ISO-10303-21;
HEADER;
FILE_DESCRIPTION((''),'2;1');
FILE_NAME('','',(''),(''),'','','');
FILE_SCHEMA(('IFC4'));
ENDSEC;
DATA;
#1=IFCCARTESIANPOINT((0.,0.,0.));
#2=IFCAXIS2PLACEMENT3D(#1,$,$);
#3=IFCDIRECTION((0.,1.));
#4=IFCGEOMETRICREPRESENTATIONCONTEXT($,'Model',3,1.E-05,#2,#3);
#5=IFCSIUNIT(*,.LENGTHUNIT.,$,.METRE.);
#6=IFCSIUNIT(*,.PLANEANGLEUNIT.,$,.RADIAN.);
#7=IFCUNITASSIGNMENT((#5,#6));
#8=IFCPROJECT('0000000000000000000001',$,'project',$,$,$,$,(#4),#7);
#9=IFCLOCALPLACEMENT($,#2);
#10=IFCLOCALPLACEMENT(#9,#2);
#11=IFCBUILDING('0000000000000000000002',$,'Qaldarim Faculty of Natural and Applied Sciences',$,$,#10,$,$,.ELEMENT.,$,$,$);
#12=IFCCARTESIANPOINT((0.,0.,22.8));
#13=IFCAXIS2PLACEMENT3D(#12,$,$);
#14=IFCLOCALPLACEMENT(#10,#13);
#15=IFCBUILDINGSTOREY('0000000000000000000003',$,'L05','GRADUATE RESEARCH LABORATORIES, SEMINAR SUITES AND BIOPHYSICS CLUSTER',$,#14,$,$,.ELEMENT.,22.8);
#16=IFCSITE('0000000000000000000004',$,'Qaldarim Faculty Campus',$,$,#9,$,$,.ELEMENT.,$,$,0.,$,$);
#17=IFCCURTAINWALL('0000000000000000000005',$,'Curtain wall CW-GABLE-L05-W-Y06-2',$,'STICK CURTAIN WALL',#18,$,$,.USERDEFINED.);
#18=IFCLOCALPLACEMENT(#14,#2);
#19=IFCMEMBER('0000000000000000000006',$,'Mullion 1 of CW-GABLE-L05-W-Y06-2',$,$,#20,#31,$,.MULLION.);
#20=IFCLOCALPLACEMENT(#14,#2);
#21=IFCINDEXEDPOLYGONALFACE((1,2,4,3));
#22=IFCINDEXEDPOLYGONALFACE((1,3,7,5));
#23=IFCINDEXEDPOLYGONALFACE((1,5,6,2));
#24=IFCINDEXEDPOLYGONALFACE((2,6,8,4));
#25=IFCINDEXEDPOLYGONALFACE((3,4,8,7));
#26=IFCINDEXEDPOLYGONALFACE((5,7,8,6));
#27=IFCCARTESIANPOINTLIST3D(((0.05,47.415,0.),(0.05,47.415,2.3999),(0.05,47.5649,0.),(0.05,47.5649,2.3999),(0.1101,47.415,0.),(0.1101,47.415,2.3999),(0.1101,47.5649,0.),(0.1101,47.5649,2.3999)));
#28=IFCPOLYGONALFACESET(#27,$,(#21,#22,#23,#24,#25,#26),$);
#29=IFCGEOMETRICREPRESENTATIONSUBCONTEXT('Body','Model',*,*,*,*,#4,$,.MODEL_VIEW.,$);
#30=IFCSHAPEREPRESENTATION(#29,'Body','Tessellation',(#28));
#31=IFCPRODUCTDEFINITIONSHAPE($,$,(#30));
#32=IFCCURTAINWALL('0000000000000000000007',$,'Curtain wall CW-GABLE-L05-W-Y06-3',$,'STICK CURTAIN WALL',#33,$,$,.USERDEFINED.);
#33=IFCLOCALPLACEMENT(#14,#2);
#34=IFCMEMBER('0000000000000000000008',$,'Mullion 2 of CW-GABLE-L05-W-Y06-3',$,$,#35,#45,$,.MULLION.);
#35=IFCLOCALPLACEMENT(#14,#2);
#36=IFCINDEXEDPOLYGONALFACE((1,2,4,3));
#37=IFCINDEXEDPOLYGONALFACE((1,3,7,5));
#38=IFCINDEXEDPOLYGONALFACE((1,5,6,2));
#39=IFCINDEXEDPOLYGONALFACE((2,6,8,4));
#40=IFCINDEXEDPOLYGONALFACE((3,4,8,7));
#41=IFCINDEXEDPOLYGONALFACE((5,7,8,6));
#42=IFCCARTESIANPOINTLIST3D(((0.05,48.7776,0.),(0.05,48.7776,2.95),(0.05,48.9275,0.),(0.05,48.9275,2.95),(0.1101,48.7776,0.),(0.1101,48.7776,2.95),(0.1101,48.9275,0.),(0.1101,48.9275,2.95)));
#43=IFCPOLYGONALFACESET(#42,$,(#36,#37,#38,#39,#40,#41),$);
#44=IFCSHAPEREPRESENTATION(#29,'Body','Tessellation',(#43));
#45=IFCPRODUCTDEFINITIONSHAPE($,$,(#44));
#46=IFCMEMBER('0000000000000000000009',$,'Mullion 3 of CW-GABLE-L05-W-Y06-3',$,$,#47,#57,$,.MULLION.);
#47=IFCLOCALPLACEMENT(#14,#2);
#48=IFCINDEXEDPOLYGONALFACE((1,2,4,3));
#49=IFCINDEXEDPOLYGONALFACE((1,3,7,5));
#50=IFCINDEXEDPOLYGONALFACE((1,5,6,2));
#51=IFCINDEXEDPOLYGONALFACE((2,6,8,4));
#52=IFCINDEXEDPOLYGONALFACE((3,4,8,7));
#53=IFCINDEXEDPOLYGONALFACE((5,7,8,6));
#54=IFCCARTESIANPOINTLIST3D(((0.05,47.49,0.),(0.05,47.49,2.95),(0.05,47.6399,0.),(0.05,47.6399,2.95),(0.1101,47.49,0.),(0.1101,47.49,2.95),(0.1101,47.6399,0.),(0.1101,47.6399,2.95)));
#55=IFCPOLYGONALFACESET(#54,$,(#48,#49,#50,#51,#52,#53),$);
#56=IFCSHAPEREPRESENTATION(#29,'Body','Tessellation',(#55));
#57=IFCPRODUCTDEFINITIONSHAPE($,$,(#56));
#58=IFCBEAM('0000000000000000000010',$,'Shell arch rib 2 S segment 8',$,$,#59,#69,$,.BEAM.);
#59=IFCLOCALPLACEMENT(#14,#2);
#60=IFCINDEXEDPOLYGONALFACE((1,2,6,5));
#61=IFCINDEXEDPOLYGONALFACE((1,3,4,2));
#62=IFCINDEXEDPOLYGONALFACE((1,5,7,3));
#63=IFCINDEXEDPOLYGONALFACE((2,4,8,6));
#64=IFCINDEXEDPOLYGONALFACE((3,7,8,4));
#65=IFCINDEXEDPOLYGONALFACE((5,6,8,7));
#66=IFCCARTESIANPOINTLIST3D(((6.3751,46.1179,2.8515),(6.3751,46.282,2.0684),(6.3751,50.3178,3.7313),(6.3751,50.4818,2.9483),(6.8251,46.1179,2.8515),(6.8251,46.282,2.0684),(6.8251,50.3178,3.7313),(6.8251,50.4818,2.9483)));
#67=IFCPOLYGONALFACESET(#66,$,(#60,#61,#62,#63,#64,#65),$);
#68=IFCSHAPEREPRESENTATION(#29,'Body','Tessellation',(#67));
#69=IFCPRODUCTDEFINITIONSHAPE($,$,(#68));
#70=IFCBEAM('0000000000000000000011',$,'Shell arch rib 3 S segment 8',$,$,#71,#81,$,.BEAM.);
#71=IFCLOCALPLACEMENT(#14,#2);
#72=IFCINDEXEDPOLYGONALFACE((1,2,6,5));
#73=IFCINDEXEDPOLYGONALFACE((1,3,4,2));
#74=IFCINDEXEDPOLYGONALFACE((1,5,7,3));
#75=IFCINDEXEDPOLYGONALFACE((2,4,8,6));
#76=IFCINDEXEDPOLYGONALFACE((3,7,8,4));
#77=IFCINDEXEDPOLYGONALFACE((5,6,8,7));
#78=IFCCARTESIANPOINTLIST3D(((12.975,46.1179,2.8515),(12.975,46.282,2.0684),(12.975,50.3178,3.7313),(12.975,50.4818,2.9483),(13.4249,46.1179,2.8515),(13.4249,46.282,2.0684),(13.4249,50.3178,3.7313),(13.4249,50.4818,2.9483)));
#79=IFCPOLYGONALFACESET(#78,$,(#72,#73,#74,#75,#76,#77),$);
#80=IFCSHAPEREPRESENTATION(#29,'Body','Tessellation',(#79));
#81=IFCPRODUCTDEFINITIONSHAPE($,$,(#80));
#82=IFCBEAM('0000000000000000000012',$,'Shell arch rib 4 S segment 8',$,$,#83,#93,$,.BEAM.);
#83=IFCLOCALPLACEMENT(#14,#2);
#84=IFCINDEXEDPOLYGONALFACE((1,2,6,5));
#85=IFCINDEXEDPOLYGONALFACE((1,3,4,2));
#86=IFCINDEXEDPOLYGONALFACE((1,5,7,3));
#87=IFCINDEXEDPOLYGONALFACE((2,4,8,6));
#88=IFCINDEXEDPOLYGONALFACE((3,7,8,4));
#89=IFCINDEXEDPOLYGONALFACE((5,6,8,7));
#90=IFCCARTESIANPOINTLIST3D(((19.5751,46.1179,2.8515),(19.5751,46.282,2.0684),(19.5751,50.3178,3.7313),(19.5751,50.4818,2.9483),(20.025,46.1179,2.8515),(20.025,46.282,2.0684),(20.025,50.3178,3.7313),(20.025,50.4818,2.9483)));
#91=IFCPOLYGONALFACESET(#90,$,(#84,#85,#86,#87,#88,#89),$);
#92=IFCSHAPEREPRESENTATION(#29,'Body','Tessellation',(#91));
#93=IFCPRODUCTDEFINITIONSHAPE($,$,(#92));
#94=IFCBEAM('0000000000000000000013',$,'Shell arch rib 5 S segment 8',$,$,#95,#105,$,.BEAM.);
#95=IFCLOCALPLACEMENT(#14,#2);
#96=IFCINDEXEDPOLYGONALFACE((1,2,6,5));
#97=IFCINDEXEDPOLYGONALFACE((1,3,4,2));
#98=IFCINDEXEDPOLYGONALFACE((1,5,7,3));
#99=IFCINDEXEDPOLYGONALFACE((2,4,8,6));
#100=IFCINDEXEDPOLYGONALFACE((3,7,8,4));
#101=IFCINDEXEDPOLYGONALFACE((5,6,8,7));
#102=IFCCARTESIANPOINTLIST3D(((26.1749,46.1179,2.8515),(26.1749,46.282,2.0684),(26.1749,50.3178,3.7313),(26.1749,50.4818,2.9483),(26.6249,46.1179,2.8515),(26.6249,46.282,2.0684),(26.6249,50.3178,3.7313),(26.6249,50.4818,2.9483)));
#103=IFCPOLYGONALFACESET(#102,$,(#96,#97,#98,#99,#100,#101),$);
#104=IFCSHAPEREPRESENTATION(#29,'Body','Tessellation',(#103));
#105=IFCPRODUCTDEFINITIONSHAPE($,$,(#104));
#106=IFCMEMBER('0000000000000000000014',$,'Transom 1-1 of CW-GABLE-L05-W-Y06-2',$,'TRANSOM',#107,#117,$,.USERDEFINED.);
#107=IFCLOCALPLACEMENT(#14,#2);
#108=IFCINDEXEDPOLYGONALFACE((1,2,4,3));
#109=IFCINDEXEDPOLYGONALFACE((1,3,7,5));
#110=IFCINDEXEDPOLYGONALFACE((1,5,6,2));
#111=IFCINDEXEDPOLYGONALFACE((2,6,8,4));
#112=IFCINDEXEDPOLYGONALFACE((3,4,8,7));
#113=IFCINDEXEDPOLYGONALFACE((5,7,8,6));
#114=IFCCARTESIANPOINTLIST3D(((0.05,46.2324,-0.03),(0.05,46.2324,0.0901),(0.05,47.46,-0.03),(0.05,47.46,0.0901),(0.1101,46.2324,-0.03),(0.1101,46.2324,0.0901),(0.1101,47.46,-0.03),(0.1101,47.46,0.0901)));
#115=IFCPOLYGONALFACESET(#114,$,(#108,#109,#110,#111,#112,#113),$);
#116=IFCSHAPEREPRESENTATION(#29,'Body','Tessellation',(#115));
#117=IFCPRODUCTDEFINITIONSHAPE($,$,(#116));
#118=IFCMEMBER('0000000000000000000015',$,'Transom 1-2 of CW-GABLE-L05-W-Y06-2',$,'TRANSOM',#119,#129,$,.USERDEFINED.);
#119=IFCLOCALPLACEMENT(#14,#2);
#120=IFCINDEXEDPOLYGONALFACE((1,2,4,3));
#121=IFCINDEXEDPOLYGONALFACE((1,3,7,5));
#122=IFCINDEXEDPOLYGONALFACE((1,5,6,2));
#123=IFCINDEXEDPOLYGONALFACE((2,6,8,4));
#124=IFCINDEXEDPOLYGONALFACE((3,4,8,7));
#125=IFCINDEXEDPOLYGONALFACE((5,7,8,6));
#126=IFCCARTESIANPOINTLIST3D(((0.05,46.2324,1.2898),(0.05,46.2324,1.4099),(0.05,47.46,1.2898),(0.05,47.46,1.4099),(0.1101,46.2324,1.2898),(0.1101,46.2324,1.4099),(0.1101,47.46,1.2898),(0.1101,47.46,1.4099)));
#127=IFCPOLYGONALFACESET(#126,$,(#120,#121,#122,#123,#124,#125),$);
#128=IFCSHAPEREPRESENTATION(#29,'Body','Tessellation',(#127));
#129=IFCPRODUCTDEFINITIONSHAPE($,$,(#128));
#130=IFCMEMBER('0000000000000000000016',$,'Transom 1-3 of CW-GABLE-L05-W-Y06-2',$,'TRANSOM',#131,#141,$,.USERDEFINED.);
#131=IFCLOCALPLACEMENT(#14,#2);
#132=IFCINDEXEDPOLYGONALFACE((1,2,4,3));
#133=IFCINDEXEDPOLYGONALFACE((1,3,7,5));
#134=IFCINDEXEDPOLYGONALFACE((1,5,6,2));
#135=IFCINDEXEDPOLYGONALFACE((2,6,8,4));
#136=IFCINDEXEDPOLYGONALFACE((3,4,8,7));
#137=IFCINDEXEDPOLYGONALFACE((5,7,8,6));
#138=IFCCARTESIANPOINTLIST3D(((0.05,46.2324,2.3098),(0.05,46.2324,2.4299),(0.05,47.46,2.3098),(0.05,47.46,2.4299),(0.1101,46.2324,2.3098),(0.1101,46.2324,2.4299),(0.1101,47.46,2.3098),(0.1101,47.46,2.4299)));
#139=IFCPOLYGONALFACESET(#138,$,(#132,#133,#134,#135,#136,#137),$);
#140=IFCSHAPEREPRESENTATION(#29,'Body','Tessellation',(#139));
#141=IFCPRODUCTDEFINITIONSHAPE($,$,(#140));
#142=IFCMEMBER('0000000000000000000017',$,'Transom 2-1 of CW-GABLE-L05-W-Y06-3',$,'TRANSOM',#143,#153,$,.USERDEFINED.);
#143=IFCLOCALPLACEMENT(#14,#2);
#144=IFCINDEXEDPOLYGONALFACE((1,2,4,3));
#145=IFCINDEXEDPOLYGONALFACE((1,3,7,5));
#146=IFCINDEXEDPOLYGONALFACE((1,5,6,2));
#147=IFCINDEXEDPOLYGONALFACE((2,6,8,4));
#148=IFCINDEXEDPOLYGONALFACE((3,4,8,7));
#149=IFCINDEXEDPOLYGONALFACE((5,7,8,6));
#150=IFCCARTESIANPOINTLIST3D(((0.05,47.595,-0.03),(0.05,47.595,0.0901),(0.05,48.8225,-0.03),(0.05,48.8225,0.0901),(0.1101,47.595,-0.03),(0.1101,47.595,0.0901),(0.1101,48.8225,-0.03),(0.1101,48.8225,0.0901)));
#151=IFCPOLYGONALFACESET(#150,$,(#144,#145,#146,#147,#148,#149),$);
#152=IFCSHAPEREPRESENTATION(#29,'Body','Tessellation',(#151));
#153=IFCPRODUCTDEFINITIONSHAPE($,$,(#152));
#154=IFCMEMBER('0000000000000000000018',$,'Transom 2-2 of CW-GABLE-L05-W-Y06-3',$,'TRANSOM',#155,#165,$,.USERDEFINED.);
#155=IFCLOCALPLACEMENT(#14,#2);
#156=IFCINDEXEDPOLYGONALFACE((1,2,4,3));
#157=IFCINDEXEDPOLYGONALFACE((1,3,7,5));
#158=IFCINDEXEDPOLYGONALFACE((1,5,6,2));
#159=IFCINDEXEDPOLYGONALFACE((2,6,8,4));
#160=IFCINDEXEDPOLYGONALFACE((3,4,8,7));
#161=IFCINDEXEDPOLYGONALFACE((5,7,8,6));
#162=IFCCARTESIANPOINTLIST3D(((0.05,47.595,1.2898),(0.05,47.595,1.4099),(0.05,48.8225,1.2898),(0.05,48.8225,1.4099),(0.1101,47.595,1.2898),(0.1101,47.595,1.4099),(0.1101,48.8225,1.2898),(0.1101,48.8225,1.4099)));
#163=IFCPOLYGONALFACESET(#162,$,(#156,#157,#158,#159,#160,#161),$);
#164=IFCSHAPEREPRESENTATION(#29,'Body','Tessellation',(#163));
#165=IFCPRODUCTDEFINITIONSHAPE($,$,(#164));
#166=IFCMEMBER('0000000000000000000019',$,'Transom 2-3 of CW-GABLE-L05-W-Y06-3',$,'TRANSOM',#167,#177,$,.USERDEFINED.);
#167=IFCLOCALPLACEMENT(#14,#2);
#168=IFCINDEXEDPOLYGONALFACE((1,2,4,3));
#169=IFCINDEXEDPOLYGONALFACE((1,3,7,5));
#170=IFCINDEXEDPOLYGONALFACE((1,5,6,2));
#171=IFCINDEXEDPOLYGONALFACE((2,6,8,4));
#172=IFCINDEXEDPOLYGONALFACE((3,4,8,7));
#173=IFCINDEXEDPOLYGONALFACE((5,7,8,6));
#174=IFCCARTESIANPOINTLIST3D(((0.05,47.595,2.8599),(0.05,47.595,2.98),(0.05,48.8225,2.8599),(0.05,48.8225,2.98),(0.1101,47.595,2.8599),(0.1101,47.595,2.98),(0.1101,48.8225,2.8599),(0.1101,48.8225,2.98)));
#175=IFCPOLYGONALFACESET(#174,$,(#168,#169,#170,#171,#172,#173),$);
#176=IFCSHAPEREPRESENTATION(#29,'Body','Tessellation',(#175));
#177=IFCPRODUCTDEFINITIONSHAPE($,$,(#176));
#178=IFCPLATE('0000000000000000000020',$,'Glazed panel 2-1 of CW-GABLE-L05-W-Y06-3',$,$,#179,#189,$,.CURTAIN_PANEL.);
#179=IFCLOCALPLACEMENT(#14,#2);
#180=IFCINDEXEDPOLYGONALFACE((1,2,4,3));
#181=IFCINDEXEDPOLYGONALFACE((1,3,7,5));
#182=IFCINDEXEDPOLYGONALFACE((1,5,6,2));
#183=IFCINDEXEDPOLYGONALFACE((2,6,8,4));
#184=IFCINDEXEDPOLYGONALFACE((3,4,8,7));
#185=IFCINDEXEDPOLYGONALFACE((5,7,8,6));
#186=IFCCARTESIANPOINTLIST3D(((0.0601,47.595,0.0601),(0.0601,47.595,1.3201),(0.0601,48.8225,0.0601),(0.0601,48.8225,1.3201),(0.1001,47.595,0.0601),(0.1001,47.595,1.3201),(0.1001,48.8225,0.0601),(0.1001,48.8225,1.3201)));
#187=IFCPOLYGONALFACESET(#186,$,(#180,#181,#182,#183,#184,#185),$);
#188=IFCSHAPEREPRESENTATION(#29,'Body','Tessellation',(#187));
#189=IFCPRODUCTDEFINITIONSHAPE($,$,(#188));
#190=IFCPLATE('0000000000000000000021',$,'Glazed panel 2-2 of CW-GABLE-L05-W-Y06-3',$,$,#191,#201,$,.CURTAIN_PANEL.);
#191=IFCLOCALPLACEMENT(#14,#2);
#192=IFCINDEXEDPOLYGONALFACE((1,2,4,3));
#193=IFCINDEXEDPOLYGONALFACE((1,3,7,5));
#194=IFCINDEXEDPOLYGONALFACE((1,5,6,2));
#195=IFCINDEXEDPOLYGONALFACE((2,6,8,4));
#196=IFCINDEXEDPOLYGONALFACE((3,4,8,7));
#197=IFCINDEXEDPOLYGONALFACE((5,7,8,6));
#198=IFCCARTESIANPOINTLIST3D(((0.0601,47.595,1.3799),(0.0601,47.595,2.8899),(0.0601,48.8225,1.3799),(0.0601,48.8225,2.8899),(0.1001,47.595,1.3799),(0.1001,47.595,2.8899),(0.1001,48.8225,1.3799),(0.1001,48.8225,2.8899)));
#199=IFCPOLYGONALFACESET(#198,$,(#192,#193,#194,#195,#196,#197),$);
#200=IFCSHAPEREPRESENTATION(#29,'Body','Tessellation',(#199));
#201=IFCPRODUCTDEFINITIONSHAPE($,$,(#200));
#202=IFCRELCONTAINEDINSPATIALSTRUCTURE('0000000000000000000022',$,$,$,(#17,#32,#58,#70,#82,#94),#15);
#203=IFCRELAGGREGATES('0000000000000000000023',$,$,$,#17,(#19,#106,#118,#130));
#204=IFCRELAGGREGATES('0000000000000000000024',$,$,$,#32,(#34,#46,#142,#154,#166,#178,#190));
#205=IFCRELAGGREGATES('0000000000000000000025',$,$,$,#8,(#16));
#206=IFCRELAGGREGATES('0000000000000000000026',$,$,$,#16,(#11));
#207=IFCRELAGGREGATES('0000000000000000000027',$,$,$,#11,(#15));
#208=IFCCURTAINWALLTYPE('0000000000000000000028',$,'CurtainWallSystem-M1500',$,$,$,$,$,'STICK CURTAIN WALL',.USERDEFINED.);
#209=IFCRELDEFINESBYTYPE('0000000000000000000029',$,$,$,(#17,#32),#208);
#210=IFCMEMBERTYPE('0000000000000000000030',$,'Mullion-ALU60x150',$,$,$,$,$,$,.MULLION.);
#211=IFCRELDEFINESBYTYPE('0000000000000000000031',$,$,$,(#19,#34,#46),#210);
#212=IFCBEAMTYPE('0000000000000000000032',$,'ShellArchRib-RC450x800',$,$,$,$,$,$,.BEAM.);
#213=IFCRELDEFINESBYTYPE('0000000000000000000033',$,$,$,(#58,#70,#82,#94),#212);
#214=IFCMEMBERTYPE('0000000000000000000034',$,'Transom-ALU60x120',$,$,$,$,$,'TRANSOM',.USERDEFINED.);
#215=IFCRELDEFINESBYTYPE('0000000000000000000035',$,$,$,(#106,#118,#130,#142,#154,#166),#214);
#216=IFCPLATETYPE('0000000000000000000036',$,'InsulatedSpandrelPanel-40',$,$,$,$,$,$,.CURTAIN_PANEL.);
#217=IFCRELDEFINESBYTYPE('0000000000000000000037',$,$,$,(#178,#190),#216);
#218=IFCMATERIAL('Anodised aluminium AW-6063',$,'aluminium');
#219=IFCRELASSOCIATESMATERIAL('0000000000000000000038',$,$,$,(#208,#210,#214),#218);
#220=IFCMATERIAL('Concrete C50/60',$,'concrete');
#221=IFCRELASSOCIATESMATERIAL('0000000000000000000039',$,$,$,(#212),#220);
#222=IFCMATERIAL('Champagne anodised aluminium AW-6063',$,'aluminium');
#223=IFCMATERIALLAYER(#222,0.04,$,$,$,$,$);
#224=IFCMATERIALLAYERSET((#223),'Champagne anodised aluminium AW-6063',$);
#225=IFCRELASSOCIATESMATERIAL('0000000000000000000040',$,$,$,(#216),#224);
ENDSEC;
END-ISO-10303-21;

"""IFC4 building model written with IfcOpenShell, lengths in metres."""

from ifc_helpers import new_model, si_unit, direction, frame, origin, origin_2d, place, context, subcontext, project, spatial, rectangle, extrude, material, layer, layer_set, material_profile, profile_set, type_object, element, aggregate, save


model = new_model("IFC4")

# Units and contexts
model_context = context("Model", 3, precision=1e-05, world=origin(), true_north=direction((0.0, 1.0)))
body_context = subcontext(model_context, "Body", "Model", "MODEL_VIEW")
ifc_project = project(units=[si_unit("LENGTHUNIT", "METRE"), si_unit("PLANEANGLEUNIT", "RADIAN")], contexts=[model_context])

# Site, building, storey
site_placement = place(None, origin())
site = spatial("IfcSite", under=ifc_project, at=site_placement, Name="Qaldarim Faculty Campus", CompositionType="ELEMENT", RefElevation=0.0)
building_placement = place(site_placement, origin())
building = spatial("IfcBuilding", under=site, at=building_placement, Name="Qaldarim Faculty of Natural and Applied Sciences", CompositionType="ELEMENT")
storey_placement = place(building_placement, frame((0.0, 0.0, 22.8)))
storey = spatial("IfcBuildingStorey", under=building, at=storey_placement, Name="L05", Description="GRADUATE RESEARCH LABORATORIES, SEMINAR SUITES AND BIOPHYSICS CLUSTER", CompositionType="ELEMENT", Elevation=22.8)

# Curtain wall, member
ifc_material_1 = material(Name="Anodised aluminium AW-6063", Category="aluminium")
curtain_wall_type = type_object("IfcCurtainWallType", Name="CurtainWallSystem-M1500", ElementType="STICK CURTAIN WALL", PredefinedType="USERDEFINED", material=ifc_material_1)
curtain_wall_1_placement = place(storey_placement, origin())
curtain_wall_1 = element("IfcCurtainWall", 1, at=curtain_wall_1_placement, inside=storey, type_object=curtain_wall_type, Name="Curtain wall CW-GABLE-L05-W-Y06-2", ObjectType="STICK CURTAIN WALL", PredefinedType="USERDEFINED")
ifc_material_profile_1 = material_profile(ifc_material_1, rectangle(XDim=0.0601, YDim=0.1499, at=origin_2d()), Name="ALU-M60x150")
ifc_profile_set_1 = profile_set([ifc_material_profile_1], Name="Anodised aluminium AW-6063")
member_type_1 = type_object("IfcMemberType", Name="Mullion-ALU60x150", PredefinedType="MULLION", material=ifc_profile_set_1)
member_1_placement = place(storey_placement, frame((0.0801, 47.49, 0.0), z_axis=(0.0, 0.0, 1.0), x_axis=(1.0, 0.0, 0.0)))
member_1 = element("IfcMember", 2, at=member_1_placement, type_object=member_type_1, Name="Mullion 1 of CW-GABLE-L05-W-Y06-2", PredefinedType="MULLION", context=body_context, shape_type="SweptSolid", body=[
    extrude(rectangle(XDim=0.0601, YDim=0.1499, at=origin_2d()), origin(), (0.0, 0.0, 1.0), 2.3999),
])

# Curtain wall, members
curtain_wall_2_placement = place(storey_placement, origin())
curtain_wall_2 = element("IfcCurtainWall", 3, at=curtain_wall_2_placement, inside=storey, type_object=curtain_wall_type, Name="Curtain wall CW-GABLE-L05-W-Y06-3", ObjectType="STICK CURTAIN WALL", PredefinedType="USERDEFINED")
member_2_placement = place(storey_placement, frame((0.0801, 48.8525, 0.0), z_axis=(0.0, 0.0, 1.0), x_axis=(1.0, 0.0, 0.0)))
member_2 = element("IfcMember", 4, at=member_2_placement, type_object=member_type_1, Name="Mullion 2 of CW-GABLE-L05-W-Y06-3", PredefinedType="MULLION", context=body_context, shape_type="SweptSolid", body=[
    extrude(rectangle(XDim=0.0601, YDim=0.1499, at=origin_2d()), origin(), (0.0, 0.0, 1.0), 2.95),
])
member_3_placement = place(storey_placement, frame((0.0801, 47.5649, 0.0), z_axis=(0.0, 0.0, 1.0), x_axis=(1.0, 0.0, 0.0)))
member_3 = element("IfcMember", 5, at=member_3_placement, type_object=member_type_1, Name="Mullion 3 of CW-GABLE-L05-W-Y06-3", PredefinedType="MULLION", context=body_context, shape_type="SweptSolid", body=[
    extrude(rectangle(XDim=0.0601, YDim=0.1499, at=origin_2d()), origin(), (0.0, 0.0, 1.0), 2.95),
])

# Beams
ifc_material_2 = material(Name="Concrete C50/60", Category="concrete")
ifc_material_profile_2 = material_profile(ifc_material_2, rectangle(XDim=0.45, YDim=0.8, at=origin_2d()), Name="RC-RIB450x800")
ifc_profile_set_2 = profile_set([ifc_material_profile_2], Name="Concrete C50/60")
beam_type = type_object("IfcBeamType", Name="ShellArchRib-RC450x800", PredefinedType="BEAM", material=ifc_profile_set_2)
for number, where, z_axis, x_axis, name in (
    (6, (6.6001, 46.2, 2.46), (0.0, 0.978752, 0.205047), (-1.0, 0.0, 0.0), "Shell arch rib 2 S segment 8"),
    (7, (13.2, 46.2, 2.46), (0.0, 0.978752, 0.205047), (-1.0, 0.0, 0.0), "Shell arch rib 3 S segment 8"),
    (8, (19.8, 46.2, 2.46), (0.0, 0.978752, 0.205047), (-1.0, 0.0, 0.0), "Shell arch rib 4 S segment 8"),
    (9, (26.3999, 46.2, 2.46), (0.0, 0.978752, 0.205047), (-1.0, 0.0, 0.0), "Shell arch rib 5 S segment 8"),
):
    element("IfcBeam", number, at=place(storey_placement, frame(where, z_axis=z_axis, x_axis=x_axis)), inside=storey, type_object=beam_type, Name=name, PredefinedType="BEAM", context=body_context, shape_type="SweptSolid", body=[
        extrude(rectangle(XDim=0.45, YDim=0.8, at=origin_2d()), origin(), (0.0, 0.0, 1.0), 4.291),
    ])

# Members
ifc_material_profile_3 = material_profile(ifc_material_1, rectangle(XDim=0.0601, YDim=0.1201, at=origin_2d()), Name="ALU-T60x120")
ifc_profile_set_3 = profile_set([ifc_material_profile_3], Name="Anodised aluminium AW-6063")
member_type_2 = type_object("IfcMemberType", Name="Transom-ALU60x120", ElementType="TRANSOM", PredefinedType="USERDEFINED", material=ifc_profile_set_3)
member_4_placement = place(storey_placement, frame((0.0801, 47.46, 0.03), z_axis=(0.0, -1.0, 0.0), x_axis=(1.0, 0.0, 0.0)))
member_4 = element("IfcMember", 10, at=member_4_placement, type_object=member_type_2, Name="Transom 1-1 of CW-GABLE-L05-W-Y06-2", ObjectType="TRANSOM", PredefinedType="USERDEFINED", context=body_context, shape_type="SweptSolid", body=[
    extrude(rectangle(XDim=0.0601, YDim=0.1201, at=origin_2d()), origin(), (0.0, 0.0, 1.0), 1.2275),
])
member_5_placement = place(storey_placement, frame((0.0801, 47.46, 1.3499), z_axis=(0.0, -1.0, 0.0), x_axis=(1.0, 0.0, 0.0)))
member_5 = element("IfcMember", 11, at=member_5_placement, type_object=member_type_2, Name="Transom 1-2 of CW-GABLE-L05-W-Y06-2", ObjectType="TRANSOM", PredefinedType="USERDEFINED", context=body_context, shape_type="SweptSolid", body=[
    extrude(rectangle(XDim=0.0601, YDim=0.1201, at=origin_2d()), origin(), (0.0, 0.0, 1.0), 1.2275),
])
member_6_placement = place(storey_placement, frame((0.0801, 47.46, 2.3699), z_axis=(0.0, -1.0, 0.0), x_axis=(1.0, 0.0, 0.0)))
member_6 = element("IfcMember", 12, at=member_6_placement, type_object=member_type_2, Name="Transom 1-3 of CW-GABLE-L05-W-Y06-2", ObjectType="TRANSOM", PredefinedType="USERDEFINED", context=body_context, shape_type="SweptSolid", body=[
    extrude(rectangle(XDim=0.0601, YDim=0.1201, at=origin_2d()), origin(), (0.0, 0.0, 1.0), 1.2275),
])
aggregate(curtain_wall_1, [member_1, member_4, member_5, member_6])
member_7_placement = place(storey_placement, frame((0.0801, 48.8225, 0.03), z_axis=(0.0, -1.0, 0.0), x_axis=(1.0, 0.0, 0.0)))
member_7 = element("IfcMember", 13, at=member_7_placement, type_object=member_type_2, Name="Transom 2-1 of CW-GABLE-L05-W-Y06-3", ObjectType="TRANSOM", PredefinedType="USERDEFINED", context=body_context, shape_type="SweptSolid", body=[
    extrude(rectangle(XDim=0.0601, YDim=0.1201, at=origin_2d()), origin(), (0.0, 0.0, 1.0), 1.2275),
])
member_8_placement = place(storey_placement, frame((0.0801, 48.8225, 1.3499), z_axis=(0.0, -1.0, 0.0), x_axis=(1.0, 0.0, 0.0)))
member_8 = element("IfcMember", 14, at=member_8_placement, type_object=member_type_2, Name="Transom 2-2 of CW-GABLE-L05-W-Y06-3", ObjectType="TRANSOM", PredefinedType="USERDEFINED", context=body_context, shape_type="SweptSolid", body=[
    extrude(rectangle(XDim=0.0601, YDim=0.1201, at=origin_2d()), origin(), (0.0, 0.0, 1.0), 1.2275),
])
member_9_placement = place(storey_placement, frame((0.0801, 48.8225, 2.9199), z_axis=(0.0, -1.0, 0.0), x_axis=(1.0, 0.0, 0.0)))
member_9 = element("IfcMember", 15, at=member_9_placement, type_object=member_type_2, Name="Transom 2-3 of CW-GABLE-L05-W-Y06-3", ObjectType="TRANSOM", PredefinedType="USERDEFINED", context=body_context, shape_type="SweptSolid", body=[
    extrude(rectangle(XDim=0.0601, YDim=0.1201, at=origin_2d()), origin(), (0.0, 0.0, 1.0), 1.2275),
])

# Plates
ifc_material_3 = material(Name="Champagne anodised aluminium AW-6063", Category="aluminium")
ifc_layer_1 = layer(ifc_material_3, 0.04)
ifc_layer_set_1 = layer_set([ifc_layer_1], Name="Champagne anodised aluminium AW-6063")
plate_type = type_object("IfcPlateType", Name="InsulatedSpandrelPanel-40", PredefinedType="CURTAIN_PANEL", material=ifc_layer_set_1)
plate_1_placement = place(storey_placement, frame((0.0801, 48.2087, 0.0601), z_axis=(0.0, 0.0, 1.0), x_axis=(0.0, -1.0, 0.0)))
plate_1 = element("IfcPlate", 16, at=plate_1_placement, type_object=plate_type, Name="Glazed panel 2-1 of CW-GABLE-L05-W-Y06-3", PredefinedType="CURTAIN_PANEL", context=body_context, shape_type="SweptSolid", body=[
    extrude(rectangle(XDim=1.2275, YDim=0.04, at=origin_2d()), origin(), (0.0, 0.0, 1.0), 1.26),
])
plate_2_placement = place(storey_placement, frame((0.0801, 48.2087, 1.3799), z_axis=(0.0, 0.0, 1.0), x_axis=(0.0, -1.0, 0.0)))
plate_2 = element("IfcPlate", 17, at=plate_2_placement, type_object=plate_type, Name="Glazed panel 2-2 of CW-GABLE-L05-W-Y06-3", PredefinedType="CURTAIN_PANEL", context=body_context, shape_type="SweptSolid", body=[
    extrude(rectangle(XDim=1.2275, YDim=0.04, at=origin_2d()), origin(), (0.0, 0.0, 1.0), 1.51),
])
aggregate(curtain_wall_2, [member_2, member_3, member_7, member_8, member_9, plate_1, plate_2])

save(model, "model.ifc")
